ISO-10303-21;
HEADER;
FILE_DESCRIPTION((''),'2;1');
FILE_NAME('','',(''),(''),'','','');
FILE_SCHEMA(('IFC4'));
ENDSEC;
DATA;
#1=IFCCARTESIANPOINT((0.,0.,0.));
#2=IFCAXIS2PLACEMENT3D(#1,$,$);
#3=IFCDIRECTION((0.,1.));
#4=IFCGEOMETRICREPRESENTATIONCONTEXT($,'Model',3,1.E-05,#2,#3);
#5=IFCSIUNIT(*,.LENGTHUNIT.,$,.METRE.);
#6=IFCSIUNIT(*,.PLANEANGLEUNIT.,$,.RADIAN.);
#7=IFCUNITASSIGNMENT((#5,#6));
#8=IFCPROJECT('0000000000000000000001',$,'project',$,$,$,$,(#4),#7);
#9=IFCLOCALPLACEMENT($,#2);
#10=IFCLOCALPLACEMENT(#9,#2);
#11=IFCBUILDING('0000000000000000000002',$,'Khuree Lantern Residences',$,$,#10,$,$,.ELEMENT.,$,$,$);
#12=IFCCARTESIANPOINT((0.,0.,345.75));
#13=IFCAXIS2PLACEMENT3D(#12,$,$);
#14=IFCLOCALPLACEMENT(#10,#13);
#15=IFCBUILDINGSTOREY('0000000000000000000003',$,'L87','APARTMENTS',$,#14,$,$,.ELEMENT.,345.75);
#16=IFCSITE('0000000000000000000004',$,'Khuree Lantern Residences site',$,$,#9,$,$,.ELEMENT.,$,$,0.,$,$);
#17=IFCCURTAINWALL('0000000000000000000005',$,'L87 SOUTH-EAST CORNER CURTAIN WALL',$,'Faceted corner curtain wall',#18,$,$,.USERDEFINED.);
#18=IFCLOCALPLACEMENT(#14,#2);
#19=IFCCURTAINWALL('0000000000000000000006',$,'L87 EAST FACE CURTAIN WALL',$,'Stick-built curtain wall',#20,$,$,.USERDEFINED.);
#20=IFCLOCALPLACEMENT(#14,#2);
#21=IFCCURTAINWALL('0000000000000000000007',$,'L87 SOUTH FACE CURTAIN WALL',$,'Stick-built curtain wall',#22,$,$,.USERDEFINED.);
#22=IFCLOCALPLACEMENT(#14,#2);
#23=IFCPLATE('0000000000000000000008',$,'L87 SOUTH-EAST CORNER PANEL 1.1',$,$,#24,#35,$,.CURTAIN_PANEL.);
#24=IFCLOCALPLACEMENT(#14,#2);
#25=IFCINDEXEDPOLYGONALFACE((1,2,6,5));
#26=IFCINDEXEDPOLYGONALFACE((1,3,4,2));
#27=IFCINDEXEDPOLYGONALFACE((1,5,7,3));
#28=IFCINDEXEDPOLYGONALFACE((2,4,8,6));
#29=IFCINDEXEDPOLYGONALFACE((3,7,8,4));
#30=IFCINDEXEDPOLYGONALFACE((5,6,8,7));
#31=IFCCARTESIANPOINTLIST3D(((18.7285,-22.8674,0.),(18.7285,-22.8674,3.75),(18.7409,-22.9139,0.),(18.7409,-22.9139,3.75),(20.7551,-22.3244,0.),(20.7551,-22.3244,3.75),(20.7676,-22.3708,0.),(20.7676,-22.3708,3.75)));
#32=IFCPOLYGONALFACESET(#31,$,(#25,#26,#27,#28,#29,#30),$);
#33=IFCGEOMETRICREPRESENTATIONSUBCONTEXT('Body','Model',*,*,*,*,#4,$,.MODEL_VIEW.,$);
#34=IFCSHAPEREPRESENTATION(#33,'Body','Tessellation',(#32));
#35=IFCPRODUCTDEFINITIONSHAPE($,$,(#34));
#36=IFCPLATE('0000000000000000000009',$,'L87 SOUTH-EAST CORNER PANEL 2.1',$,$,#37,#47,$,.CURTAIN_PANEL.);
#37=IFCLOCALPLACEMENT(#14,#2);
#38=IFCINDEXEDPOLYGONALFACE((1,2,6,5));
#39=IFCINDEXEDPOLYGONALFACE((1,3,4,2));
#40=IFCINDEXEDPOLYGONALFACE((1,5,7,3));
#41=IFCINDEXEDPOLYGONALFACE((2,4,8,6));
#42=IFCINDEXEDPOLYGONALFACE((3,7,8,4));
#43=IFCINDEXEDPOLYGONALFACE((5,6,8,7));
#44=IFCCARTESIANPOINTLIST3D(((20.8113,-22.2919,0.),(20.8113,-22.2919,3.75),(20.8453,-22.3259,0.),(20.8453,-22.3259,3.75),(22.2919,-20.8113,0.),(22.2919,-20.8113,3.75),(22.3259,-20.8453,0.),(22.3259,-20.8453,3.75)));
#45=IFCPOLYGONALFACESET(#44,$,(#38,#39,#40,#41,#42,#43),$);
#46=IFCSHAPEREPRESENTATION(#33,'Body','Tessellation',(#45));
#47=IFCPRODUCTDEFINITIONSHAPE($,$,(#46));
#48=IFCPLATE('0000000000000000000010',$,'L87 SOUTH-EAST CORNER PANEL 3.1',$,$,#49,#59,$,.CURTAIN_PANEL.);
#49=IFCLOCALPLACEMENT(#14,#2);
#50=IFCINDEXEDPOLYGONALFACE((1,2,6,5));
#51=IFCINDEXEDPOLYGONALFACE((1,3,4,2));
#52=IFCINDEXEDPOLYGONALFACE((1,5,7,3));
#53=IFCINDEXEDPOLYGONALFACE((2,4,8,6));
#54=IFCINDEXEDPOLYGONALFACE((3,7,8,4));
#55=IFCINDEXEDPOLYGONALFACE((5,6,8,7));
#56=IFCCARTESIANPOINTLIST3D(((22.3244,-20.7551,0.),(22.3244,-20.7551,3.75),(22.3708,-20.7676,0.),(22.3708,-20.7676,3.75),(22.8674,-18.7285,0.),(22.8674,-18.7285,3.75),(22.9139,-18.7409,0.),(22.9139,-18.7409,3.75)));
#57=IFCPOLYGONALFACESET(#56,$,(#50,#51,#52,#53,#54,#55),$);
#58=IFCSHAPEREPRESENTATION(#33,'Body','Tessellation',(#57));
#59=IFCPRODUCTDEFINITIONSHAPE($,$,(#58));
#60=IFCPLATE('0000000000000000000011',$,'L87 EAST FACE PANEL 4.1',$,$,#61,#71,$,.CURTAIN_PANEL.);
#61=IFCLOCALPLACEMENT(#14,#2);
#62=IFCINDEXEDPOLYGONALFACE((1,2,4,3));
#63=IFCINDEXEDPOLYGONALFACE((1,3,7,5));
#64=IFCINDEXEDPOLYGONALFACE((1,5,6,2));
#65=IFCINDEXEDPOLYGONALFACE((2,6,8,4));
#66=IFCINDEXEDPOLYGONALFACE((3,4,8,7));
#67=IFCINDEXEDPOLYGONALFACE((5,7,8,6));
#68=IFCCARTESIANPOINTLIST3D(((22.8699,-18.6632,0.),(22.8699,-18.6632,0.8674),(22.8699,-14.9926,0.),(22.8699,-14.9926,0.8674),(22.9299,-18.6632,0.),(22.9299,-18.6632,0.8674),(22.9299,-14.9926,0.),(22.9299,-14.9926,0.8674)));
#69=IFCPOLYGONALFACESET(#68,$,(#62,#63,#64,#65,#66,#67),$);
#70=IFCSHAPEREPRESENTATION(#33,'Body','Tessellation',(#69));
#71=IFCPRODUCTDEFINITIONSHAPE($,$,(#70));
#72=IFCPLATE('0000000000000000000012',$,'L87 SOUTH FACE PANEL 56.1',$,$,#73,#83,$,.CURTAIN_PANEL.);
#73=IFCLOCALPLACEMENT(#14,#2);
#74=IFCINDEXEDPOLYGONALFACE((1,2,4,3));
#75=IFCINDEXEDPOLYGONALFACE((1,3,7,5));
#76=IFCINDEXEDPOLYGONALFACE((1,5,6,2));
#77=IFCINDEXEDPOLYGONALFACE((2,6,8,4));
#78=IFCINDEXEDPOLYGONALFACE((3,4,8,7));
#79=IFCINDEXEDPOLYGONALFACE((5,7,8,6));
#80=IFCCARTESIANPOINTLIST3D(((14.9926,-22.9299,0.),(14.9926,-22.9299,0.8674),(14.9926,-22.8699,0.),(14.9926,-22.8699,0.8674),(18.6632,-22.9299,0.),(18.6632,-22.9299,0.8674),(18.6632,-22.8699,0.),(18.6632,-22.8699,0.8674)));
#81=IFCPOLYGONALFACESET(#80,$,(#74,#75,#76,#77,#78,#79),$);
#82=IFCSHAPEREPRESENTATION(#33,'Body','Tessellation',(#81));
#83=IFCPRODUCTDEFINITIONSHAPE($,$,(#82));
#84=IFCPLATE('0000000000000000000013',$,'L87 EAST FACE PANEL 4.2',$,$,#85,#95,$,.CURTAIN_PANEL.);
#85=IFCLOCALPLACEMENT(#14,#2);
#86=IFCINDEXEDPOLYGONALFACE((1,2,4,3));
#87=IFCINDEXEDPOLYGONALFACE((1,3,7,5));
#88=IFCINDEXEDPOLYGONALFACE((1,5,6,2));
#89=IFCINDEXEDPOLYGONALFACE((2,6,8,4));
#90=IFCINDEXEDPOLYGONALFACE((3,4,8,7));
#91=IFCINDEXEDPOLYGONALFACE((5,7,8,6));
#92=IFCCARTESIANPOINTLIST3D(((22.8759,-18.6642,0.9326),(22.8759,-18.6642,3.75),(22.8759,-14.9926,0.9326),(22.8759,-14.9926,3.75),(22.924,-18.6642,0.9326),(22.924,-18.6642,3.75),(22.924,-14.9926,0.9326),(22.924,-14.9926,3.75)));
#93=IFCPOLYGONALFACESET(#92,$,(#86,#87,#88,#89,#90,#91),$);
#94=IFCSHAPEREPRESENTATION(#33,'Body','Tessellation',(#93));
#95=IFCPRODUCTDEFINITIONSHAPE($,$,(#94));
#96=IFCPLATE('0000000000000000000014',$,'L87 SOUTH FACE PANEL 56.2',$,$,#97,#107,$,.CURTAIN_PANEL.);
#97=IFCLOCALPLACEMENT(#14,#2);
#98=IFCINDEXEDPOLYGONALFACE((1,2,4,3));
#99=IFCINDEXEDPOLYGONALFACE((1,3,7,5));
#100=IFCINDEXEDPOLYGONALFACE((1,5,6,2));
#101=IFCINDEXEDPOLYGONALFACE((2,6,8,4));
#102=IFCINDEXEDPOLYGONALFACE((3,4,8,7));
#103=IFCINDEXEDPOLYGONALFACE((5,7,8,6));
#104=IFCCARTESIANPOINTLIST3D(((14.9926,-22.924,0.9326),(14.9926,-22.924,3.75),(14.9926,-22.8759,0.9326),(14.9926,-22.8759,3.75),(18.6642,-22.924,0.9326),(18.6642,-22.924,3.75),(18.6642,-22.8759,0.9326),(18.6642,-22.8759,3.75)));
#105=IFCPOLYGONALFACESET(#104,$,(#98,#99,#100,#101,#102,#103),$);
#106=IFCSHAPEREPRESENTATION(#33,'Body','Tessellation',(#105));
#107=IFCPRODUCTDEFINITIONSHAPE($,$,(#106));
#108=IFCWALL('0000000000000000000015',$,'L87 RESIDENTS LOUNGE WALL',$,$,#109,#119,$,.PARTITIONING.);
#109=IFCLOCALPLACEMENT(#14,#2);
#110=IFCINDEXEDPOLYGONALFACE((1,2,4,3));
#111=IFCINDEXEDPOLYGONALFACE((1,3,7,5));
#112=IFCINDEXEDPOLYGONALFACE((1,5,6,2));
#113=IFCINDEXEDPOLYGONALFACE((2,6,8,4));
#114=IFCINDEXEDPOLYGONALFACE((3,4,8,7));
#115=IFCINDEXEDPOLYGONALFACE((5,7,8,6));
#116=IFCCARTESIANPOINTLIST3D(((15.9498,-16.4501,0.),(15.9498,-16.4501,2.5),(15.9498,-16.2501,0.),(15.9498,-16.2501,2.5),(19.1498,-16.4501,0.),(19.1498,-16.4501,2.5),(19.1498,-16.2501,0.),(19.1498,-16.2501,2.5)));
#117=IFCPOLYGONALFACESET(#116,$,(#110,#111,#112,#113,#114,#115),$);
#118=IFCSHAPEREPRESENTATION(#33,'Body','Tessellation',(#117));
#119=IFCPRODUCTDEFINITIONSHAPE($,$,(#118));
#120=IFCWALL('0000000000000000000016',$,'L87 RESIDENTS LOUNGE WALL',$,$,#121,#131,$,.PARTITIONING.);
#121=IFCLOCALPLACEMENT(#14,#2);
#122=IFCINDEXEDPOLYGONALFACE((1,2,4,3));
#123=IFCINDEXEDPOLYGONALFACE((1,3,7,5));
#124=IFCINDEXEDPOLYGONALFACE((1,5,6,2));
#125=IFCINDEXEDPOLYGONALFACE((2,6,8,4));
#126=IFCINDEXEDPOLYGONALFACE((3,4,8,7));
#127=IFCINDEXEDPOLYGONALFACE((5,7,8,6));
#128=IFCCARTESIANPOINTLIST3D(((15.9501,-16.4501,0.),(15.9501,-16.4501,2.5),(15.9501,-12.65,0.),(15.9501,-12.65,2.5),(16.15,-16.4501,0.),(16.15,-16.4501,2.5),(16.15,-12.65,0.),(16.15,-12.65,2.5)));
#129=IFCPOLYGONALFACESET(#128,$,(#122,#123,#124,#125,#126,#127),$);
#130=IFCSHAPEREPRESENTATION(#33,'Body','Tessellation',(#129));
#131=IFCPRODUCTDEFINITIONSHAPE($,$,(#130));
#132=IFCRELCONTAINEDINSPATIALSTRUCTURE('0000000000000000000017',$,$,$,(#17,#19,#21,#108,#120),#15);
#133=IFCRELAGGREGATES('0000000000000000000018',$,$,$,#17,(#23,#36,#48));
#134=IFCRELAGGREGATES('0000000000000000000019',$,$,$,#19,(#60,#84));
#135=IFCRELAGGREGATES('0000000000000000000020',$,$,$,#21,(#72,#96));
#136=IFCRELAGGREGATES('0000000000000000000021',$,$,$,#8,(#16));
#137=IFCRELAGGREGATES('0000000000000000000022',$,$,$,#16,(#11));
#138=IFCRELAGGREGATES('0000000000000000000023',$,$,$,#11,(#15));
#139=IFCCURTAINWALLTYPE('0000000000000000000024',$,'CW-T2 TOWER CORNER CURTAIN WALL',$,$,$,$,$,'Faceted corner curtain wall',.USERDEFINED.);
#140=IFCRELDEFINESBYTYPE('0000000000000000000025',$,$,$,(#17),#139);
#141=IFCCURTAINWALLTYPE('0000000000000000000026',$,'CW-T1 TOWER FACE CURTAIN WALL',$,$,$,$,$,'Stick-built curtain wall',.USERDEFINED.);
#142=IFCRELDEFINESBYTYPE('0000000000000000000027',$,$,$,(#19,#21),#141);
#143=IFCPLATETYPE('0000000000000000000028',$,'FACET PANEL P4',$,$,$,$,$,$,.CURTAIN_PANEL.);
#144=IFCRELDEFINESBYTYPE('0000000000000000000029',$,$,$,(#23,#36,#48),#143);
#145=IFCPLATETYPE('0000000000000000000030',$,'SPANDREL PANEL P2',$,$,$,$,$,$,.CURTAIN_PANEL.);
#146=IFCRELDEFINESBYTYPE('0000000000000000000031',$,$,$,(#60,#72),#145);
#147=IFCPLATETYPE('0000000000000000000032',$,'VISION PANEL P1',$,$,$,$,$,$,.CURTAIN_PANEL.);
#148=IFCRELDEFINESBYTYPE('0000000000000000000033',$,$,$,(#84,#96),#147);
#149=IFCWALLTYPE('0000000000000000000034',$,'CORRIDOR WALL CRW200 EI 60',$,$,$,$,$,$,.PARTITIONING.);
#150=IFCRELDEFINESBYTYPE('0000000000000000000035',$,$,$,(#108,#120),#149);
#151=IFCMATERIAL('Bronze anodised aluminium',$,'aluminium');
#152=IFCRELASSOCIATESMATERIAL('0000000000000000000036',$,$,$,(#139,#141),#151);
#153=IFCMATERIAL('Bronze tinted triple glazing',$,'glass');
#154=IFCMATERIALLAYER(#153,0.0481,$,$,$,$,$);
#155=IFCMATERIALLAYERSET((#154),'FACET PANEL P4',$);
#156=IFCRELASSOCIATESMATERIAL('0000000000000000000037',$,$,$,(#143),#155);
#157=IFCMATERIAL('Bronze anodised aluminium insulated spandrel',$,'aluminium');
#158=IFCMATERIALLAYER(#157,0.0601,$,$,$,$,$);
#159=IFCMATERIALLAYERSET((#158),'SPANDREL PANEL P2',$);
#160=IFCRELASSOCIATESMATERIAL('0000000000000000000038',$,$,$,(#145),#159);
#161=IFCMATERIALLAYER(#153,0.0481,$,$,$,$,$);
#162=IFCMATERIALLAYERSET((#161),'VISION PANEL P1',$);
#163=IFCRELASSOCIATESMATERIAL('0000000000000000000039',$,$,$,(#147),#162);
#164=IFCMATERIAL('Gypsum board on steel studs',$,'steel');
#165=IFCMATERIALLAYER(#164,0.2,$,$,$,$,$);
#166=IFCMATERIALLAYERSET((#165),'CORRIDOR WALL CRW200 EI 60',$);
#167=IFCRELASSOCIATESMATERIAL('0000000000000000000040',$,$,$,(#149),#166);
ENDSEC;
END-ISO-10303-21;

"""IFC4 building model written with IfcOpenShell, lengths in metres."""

from ifc_helpers import new_model, si_unit, direction, frame, frame_2d, origin, origin_2d, place, context, subcontext, project, spatial, rectangle, extrude, material, layer, layer_set, type_object, element, aggregate, save


model = new_model("IFC4")

# Units and contexts
model_context = context("Model", 3, precision=1e-05, world=origin(), true_north=direction((0.0, 1.0)))
body_context = subcontext(model_context, "Body", "Model", "MODEL_VIEW")
ifc_project = project(units=[si_unit("LENGTHUNIT", "METRE"), si_unit("PLANEANGLEUNIT", "RADIAN")], contexts=[model_context])

# Site, building, storey
site_placement = place(None, origin())
site = spatial("IfcSite", under=ifc_project, at=site_placement, Name="Khuree Lantern Residences site", CompositionType="ELEMENT", RefElevation=0.0)
building_placement = place(site_placement, origin())
building = spatial("IfcBuilding", under=site, at=building_placement, Name="Khuree Lantern Residences", CompositionType="ELEMENT")
storey_placement = place(building_placement, frame((0.0, 0.0, 345.75)))
storey = spatial("IfcBuildingStorey", under=building, at=storey_placement, Name="L87", Description="APARTMENTS", CompositionType="ELEMENT", Elevation=345.75)

# Curtain walls
ifc_material_1 = material(Name="Bronze anodised aluminium", Category="aluminium")
curtain_wall_type_1 = type_object("IfcCurtainWallType", Name="CW-T2 TOWER CORNER CURTAIN WALL", ElementType="Faceted corner curtain wall", PredefinedType="USERDEFINED", material=ifc_material_1)
curtain_wall_1_placement = place(storey_placement, origin())
curtain_wall_1 = element("IfcCurtainWall", 1, at=curtain_wall_1_placement, inside=storey, type_object=curtain_wall_type_1, Name="L87 SOUTH-EAST CORNER CURTAIN WALL", ObjectType="Faceted corner curtain wall", PredefinedType="USERDEFINED")
curtain_wall_type_2 = type_object("IfcCurtainWallType", Name="CW-T1 TOWER FACE CURTAIN WALL", ElementType="Stick-built curtain wall", PredefinedType="USERDEFINED", material=ifc_material_1)
curtain_wall_2_placement = place(storey_placement, origin())
curtain_wall_2 = element("IfcCurtainWall", 2, at=curtain_wall_2_placement, inside=storey, type_object=curtain_wall_type_2, Name="L87 EAST FACE CURTAIN WALL", ObjectType="Stick-built curtain wall", PredefinedType="USERDEFINED")

# Curtain wall
curtain_wall_3_placement = place(storey_placement, origin())
curtain_wall_3 = element("IfcCurtainWall", 3, at=curtain_wall_3_placement, inside=storey, type_object=curtain_wall_type_2, Name="L87 SOUTH FACE CURTAIN WALL", ObjectType="Stick-built curtain wall", PredefinedType="USERDEFINED")

# Plates
ifc_material_2 = material(Name="Bronze tinted triple glazing", Category="glass")
ifc_layer_1 = layer(ifc_material_2, 0.0481)
ifc_layer_set_1 = layer_set([ifc_layer_1], Name="FACET PANEL P4")
plate_type_1 = type_object("IfcPlateType", Name="FACET PANEL P4", PredefinedType="CURTAIN_PANEL", material=ifc_layer_set_1)
plate_1_placement = place(storey_placement, frame((19.748, -22.6191, 0.0), z_axis=(0.0, 0.0, 1.0), x_axis=(0.965926, 0.258819, 0.0)))
plate_1 = element("IfcPlate", 4, at=plate_1_placement, type_object=plate_type_1, Name="L87 SOUTH-EAST CORNER PANEL 1.1", PredefinedType="CURTAIN_PANEL", context=body_context, shape_type="SweptSolid", body=[
    extrude(rectangle(XDim=2.0981, YDim=0.0481, at=origin_2d()), origin(), (0.0, 0.0, 1.0), 3.75),
])
plate_2_placement = place(storey_placement, frame((21.5686, -21.5686, 0.0), z_axis=(0.0, 0.0, 1.0), x_axis=(0.707107, 0.707107, 0.0)))
plate_2 = element("IfcPlate", 5, at=plate_2_placement, type_object=plate_type_1, Name="L87 SOUTH-EAST CORNER PANEL 2.1", PredefinedType="CURTAIN_PANEL", context=body_context, shape_type="SweptSolid", body=[
    extrude(rectangle(XDim=2.094, YDim=0.0481, at=origin_2d()), origin(), (0.0, 0.0, 1.0), 3.75),
])
plate_3_placement = place(storey_placement, frame((22.6191, -19.748, 0.0), z_axis=(0.0, 0.0, 1.0), x_axis=(0.258819, 0.965926, 0.0)))
plate_3 = element("IfcPlate", 6, at=plate_3_placement, type_object=plate_type_1, Name="L87 SOUTH-EAST CORNER PANEL 3.1", PredefinedType="CURTAIN_PANEL", context=body_context, shape_type="SweptSolid", body=[
    extrude(rectangle(XDim=2.0981, YDim=0.0481, at=origin_2d()), origin(), (0.0, 0.0, 1.0), 3.75),
])
aggregate(curtain_wall_1, [plate_1, plate_2, plate_3])
ifc_material_3 = material(Name="Bronze anodised aluminium insulated spandrel", Category="aluminium")
ifc_layer_2 = layer(ifc_material_3, 0.0601)
ifc_layer_set_2 = layer_set([ifc_layer_2], Name="SPANDREL PANEL P2")
plate_type_2 = type_object("IfcPlateType", Name="SPANDREL PANEL P2", PredefinedType="CURTAIN_PANEL", material=ifc_layer_set_2)
plate_4_placement = place(storey_placement, frame((22.8999, -16.8279, 0.0), z_axis=(0.0, 0.0, 1.0), x_axis=(0.0, 1.0, 0.0)))
plate_4 = element("IfcPlate", 7, at=plate_4_placement, type_object=plate_type_2, Name="L87 EAST FACE PANEL 4.1", PredefinedType="CURTAIN_PANEL", context=body_context, shape_type="SweptSolid", body=[
    extrude(rectangle(XDim=3.6707, YDim=0.0601, at=origin_2d()), origin(), (0.0, 0.0, 1.0), 0.8674),
])
plate_5_placement = place(storey_placement, frame((16.8279, -22.8999, 0.0), z_axis=(0.0, 0.0, 1.0), x_axis=(1.0, 0.0, 0.0)))
plate_5 = element("IfcPlate", 8, at=plate_5_placement, type_object=plate_type_2, Name="L87 SOUTH FACE PANEL 56.1", PredefinedType="CURTAIN_PANEL", context=body_context, shape_type="SweptSolid", body=[
    extrude(rectangle(XDim=3.6707, YDim=0.0601, at=origin_2d()), origin(), (0.0, 0.0, 1.0), 0.8674),
])
ifc_layer_3 = layer(ifc_material_2, 0.0481)
ifc_layer_set_3 = layer_set([ifc_layer_3], Name="VISION PANEL P1")
plate_type_3 = type_object("IfcPlateType", Name="VISION PANEL P1", PredefinedType="CURTAIN_PANEL", material=ifc_layer_set_3)
plate_6_placement = place(storey_placement, frame((22.8999, -16.8284, 0.9326), z_axis=(0.0, 0.0, 1.0), x_axis=(0.0, 1.0, 0.0)))
plate_6 = element("IfcPlate", 9, at=plate_6_placement, type_object=plate_type_3, Name="L87 EAST FACE PANEL 4.2", PredefinedType="CURTAIN_PANEL", context=body_context, shape_type="SweptSolid", body=[
    extrude(rectangle(XDim=3.6716, YDim=0.0481, at=origin_2d()), origin(), (0.0, 0.0, 1.0), 2.8174),
])
aggregate(curtain_wall_2, [plate_4, plate_6])
plate_7_placement = place(storey_placement, frame((16.8284, -22.8999, 0.9326), z_axis=(0.0, 0.0, 1.0), x_axis=(1.0, 0.0, 0.0)))
plate_7 = element("IfcPlate", 10, at=plate_7_placement, type_object=plate_type_3, Name="L87 SOUTH FACE PANEL 56.2", PredefinedType="CURTAIN_PANEL", context=body_context, shape_type="SweptSolid", body=[
    extrude(rectangle(XDim=3.6716, YDim=0.0481, at=origin_2d()), origin(), (0.0, 0.0, 1.0), 2.8174),
])
aggregate(curtain_wall_3, [plate_5, plate_7])

# Walls
ifc_material_4 = material(Name="Gypsum board on steel studs", Category="steel")
ifc_layer_4 = layer(ifc_material_4, 0.2)
ifc_layer_set_4 = layer_set([ifc_layer_4], Name="CORRIDOR WALL CRW200 EI 60")
wall_type = type_object("IfcWallType", Name="CORRIDOR WALL CRW200 EI 60", PredefinedType="PARTITIONING", material=ifc_layer_set_4)
wall_1_placement = place(storey_placement, frame((19.1499, -16.3501, 0.0), z_axis=(0.0, 0.0, 1.0), x_axis=(-1.0, 0.0, 0.0)))
element("IfcWall", 11, at=wall_1_placement, inside=storey, type_object=wall_type, Name="L87 RESIDENTS LOUNGE WALL", PredefinedType="PARTITIONING", context=body_context, shape_type="SweptSolid", body=[
    extrude(rectangle(XDim=3.2, YDim=0.2, at=frame_2d((1.6001, 0.0))), origin(), (0.0, 0.0, 1.0), 2.5),
])
wall_2_placement = place(storey_placement, frame((16.05, -16.45, 0.0), z_axis=(0.0, 0.0, 1.0), x_axis=(0.0, 1.0, 0.0)))
element("IfcWall", 12, at=wall_2_placement, inside=storey, type_object=wall_type, Name="L87 RESIDENTS LOUNGE WALL", PredefinedType="PARTITIONING", context=body_context, shape_type="SweptSolid", body=[
    extrude(rectangle(XDim=3.8, YDim=0.2, at=frame_2d((1.8999, 0.0))), origin(), (0.0, 0.0, 1.0), 2.5),
])

save(model, "model.ifc")
